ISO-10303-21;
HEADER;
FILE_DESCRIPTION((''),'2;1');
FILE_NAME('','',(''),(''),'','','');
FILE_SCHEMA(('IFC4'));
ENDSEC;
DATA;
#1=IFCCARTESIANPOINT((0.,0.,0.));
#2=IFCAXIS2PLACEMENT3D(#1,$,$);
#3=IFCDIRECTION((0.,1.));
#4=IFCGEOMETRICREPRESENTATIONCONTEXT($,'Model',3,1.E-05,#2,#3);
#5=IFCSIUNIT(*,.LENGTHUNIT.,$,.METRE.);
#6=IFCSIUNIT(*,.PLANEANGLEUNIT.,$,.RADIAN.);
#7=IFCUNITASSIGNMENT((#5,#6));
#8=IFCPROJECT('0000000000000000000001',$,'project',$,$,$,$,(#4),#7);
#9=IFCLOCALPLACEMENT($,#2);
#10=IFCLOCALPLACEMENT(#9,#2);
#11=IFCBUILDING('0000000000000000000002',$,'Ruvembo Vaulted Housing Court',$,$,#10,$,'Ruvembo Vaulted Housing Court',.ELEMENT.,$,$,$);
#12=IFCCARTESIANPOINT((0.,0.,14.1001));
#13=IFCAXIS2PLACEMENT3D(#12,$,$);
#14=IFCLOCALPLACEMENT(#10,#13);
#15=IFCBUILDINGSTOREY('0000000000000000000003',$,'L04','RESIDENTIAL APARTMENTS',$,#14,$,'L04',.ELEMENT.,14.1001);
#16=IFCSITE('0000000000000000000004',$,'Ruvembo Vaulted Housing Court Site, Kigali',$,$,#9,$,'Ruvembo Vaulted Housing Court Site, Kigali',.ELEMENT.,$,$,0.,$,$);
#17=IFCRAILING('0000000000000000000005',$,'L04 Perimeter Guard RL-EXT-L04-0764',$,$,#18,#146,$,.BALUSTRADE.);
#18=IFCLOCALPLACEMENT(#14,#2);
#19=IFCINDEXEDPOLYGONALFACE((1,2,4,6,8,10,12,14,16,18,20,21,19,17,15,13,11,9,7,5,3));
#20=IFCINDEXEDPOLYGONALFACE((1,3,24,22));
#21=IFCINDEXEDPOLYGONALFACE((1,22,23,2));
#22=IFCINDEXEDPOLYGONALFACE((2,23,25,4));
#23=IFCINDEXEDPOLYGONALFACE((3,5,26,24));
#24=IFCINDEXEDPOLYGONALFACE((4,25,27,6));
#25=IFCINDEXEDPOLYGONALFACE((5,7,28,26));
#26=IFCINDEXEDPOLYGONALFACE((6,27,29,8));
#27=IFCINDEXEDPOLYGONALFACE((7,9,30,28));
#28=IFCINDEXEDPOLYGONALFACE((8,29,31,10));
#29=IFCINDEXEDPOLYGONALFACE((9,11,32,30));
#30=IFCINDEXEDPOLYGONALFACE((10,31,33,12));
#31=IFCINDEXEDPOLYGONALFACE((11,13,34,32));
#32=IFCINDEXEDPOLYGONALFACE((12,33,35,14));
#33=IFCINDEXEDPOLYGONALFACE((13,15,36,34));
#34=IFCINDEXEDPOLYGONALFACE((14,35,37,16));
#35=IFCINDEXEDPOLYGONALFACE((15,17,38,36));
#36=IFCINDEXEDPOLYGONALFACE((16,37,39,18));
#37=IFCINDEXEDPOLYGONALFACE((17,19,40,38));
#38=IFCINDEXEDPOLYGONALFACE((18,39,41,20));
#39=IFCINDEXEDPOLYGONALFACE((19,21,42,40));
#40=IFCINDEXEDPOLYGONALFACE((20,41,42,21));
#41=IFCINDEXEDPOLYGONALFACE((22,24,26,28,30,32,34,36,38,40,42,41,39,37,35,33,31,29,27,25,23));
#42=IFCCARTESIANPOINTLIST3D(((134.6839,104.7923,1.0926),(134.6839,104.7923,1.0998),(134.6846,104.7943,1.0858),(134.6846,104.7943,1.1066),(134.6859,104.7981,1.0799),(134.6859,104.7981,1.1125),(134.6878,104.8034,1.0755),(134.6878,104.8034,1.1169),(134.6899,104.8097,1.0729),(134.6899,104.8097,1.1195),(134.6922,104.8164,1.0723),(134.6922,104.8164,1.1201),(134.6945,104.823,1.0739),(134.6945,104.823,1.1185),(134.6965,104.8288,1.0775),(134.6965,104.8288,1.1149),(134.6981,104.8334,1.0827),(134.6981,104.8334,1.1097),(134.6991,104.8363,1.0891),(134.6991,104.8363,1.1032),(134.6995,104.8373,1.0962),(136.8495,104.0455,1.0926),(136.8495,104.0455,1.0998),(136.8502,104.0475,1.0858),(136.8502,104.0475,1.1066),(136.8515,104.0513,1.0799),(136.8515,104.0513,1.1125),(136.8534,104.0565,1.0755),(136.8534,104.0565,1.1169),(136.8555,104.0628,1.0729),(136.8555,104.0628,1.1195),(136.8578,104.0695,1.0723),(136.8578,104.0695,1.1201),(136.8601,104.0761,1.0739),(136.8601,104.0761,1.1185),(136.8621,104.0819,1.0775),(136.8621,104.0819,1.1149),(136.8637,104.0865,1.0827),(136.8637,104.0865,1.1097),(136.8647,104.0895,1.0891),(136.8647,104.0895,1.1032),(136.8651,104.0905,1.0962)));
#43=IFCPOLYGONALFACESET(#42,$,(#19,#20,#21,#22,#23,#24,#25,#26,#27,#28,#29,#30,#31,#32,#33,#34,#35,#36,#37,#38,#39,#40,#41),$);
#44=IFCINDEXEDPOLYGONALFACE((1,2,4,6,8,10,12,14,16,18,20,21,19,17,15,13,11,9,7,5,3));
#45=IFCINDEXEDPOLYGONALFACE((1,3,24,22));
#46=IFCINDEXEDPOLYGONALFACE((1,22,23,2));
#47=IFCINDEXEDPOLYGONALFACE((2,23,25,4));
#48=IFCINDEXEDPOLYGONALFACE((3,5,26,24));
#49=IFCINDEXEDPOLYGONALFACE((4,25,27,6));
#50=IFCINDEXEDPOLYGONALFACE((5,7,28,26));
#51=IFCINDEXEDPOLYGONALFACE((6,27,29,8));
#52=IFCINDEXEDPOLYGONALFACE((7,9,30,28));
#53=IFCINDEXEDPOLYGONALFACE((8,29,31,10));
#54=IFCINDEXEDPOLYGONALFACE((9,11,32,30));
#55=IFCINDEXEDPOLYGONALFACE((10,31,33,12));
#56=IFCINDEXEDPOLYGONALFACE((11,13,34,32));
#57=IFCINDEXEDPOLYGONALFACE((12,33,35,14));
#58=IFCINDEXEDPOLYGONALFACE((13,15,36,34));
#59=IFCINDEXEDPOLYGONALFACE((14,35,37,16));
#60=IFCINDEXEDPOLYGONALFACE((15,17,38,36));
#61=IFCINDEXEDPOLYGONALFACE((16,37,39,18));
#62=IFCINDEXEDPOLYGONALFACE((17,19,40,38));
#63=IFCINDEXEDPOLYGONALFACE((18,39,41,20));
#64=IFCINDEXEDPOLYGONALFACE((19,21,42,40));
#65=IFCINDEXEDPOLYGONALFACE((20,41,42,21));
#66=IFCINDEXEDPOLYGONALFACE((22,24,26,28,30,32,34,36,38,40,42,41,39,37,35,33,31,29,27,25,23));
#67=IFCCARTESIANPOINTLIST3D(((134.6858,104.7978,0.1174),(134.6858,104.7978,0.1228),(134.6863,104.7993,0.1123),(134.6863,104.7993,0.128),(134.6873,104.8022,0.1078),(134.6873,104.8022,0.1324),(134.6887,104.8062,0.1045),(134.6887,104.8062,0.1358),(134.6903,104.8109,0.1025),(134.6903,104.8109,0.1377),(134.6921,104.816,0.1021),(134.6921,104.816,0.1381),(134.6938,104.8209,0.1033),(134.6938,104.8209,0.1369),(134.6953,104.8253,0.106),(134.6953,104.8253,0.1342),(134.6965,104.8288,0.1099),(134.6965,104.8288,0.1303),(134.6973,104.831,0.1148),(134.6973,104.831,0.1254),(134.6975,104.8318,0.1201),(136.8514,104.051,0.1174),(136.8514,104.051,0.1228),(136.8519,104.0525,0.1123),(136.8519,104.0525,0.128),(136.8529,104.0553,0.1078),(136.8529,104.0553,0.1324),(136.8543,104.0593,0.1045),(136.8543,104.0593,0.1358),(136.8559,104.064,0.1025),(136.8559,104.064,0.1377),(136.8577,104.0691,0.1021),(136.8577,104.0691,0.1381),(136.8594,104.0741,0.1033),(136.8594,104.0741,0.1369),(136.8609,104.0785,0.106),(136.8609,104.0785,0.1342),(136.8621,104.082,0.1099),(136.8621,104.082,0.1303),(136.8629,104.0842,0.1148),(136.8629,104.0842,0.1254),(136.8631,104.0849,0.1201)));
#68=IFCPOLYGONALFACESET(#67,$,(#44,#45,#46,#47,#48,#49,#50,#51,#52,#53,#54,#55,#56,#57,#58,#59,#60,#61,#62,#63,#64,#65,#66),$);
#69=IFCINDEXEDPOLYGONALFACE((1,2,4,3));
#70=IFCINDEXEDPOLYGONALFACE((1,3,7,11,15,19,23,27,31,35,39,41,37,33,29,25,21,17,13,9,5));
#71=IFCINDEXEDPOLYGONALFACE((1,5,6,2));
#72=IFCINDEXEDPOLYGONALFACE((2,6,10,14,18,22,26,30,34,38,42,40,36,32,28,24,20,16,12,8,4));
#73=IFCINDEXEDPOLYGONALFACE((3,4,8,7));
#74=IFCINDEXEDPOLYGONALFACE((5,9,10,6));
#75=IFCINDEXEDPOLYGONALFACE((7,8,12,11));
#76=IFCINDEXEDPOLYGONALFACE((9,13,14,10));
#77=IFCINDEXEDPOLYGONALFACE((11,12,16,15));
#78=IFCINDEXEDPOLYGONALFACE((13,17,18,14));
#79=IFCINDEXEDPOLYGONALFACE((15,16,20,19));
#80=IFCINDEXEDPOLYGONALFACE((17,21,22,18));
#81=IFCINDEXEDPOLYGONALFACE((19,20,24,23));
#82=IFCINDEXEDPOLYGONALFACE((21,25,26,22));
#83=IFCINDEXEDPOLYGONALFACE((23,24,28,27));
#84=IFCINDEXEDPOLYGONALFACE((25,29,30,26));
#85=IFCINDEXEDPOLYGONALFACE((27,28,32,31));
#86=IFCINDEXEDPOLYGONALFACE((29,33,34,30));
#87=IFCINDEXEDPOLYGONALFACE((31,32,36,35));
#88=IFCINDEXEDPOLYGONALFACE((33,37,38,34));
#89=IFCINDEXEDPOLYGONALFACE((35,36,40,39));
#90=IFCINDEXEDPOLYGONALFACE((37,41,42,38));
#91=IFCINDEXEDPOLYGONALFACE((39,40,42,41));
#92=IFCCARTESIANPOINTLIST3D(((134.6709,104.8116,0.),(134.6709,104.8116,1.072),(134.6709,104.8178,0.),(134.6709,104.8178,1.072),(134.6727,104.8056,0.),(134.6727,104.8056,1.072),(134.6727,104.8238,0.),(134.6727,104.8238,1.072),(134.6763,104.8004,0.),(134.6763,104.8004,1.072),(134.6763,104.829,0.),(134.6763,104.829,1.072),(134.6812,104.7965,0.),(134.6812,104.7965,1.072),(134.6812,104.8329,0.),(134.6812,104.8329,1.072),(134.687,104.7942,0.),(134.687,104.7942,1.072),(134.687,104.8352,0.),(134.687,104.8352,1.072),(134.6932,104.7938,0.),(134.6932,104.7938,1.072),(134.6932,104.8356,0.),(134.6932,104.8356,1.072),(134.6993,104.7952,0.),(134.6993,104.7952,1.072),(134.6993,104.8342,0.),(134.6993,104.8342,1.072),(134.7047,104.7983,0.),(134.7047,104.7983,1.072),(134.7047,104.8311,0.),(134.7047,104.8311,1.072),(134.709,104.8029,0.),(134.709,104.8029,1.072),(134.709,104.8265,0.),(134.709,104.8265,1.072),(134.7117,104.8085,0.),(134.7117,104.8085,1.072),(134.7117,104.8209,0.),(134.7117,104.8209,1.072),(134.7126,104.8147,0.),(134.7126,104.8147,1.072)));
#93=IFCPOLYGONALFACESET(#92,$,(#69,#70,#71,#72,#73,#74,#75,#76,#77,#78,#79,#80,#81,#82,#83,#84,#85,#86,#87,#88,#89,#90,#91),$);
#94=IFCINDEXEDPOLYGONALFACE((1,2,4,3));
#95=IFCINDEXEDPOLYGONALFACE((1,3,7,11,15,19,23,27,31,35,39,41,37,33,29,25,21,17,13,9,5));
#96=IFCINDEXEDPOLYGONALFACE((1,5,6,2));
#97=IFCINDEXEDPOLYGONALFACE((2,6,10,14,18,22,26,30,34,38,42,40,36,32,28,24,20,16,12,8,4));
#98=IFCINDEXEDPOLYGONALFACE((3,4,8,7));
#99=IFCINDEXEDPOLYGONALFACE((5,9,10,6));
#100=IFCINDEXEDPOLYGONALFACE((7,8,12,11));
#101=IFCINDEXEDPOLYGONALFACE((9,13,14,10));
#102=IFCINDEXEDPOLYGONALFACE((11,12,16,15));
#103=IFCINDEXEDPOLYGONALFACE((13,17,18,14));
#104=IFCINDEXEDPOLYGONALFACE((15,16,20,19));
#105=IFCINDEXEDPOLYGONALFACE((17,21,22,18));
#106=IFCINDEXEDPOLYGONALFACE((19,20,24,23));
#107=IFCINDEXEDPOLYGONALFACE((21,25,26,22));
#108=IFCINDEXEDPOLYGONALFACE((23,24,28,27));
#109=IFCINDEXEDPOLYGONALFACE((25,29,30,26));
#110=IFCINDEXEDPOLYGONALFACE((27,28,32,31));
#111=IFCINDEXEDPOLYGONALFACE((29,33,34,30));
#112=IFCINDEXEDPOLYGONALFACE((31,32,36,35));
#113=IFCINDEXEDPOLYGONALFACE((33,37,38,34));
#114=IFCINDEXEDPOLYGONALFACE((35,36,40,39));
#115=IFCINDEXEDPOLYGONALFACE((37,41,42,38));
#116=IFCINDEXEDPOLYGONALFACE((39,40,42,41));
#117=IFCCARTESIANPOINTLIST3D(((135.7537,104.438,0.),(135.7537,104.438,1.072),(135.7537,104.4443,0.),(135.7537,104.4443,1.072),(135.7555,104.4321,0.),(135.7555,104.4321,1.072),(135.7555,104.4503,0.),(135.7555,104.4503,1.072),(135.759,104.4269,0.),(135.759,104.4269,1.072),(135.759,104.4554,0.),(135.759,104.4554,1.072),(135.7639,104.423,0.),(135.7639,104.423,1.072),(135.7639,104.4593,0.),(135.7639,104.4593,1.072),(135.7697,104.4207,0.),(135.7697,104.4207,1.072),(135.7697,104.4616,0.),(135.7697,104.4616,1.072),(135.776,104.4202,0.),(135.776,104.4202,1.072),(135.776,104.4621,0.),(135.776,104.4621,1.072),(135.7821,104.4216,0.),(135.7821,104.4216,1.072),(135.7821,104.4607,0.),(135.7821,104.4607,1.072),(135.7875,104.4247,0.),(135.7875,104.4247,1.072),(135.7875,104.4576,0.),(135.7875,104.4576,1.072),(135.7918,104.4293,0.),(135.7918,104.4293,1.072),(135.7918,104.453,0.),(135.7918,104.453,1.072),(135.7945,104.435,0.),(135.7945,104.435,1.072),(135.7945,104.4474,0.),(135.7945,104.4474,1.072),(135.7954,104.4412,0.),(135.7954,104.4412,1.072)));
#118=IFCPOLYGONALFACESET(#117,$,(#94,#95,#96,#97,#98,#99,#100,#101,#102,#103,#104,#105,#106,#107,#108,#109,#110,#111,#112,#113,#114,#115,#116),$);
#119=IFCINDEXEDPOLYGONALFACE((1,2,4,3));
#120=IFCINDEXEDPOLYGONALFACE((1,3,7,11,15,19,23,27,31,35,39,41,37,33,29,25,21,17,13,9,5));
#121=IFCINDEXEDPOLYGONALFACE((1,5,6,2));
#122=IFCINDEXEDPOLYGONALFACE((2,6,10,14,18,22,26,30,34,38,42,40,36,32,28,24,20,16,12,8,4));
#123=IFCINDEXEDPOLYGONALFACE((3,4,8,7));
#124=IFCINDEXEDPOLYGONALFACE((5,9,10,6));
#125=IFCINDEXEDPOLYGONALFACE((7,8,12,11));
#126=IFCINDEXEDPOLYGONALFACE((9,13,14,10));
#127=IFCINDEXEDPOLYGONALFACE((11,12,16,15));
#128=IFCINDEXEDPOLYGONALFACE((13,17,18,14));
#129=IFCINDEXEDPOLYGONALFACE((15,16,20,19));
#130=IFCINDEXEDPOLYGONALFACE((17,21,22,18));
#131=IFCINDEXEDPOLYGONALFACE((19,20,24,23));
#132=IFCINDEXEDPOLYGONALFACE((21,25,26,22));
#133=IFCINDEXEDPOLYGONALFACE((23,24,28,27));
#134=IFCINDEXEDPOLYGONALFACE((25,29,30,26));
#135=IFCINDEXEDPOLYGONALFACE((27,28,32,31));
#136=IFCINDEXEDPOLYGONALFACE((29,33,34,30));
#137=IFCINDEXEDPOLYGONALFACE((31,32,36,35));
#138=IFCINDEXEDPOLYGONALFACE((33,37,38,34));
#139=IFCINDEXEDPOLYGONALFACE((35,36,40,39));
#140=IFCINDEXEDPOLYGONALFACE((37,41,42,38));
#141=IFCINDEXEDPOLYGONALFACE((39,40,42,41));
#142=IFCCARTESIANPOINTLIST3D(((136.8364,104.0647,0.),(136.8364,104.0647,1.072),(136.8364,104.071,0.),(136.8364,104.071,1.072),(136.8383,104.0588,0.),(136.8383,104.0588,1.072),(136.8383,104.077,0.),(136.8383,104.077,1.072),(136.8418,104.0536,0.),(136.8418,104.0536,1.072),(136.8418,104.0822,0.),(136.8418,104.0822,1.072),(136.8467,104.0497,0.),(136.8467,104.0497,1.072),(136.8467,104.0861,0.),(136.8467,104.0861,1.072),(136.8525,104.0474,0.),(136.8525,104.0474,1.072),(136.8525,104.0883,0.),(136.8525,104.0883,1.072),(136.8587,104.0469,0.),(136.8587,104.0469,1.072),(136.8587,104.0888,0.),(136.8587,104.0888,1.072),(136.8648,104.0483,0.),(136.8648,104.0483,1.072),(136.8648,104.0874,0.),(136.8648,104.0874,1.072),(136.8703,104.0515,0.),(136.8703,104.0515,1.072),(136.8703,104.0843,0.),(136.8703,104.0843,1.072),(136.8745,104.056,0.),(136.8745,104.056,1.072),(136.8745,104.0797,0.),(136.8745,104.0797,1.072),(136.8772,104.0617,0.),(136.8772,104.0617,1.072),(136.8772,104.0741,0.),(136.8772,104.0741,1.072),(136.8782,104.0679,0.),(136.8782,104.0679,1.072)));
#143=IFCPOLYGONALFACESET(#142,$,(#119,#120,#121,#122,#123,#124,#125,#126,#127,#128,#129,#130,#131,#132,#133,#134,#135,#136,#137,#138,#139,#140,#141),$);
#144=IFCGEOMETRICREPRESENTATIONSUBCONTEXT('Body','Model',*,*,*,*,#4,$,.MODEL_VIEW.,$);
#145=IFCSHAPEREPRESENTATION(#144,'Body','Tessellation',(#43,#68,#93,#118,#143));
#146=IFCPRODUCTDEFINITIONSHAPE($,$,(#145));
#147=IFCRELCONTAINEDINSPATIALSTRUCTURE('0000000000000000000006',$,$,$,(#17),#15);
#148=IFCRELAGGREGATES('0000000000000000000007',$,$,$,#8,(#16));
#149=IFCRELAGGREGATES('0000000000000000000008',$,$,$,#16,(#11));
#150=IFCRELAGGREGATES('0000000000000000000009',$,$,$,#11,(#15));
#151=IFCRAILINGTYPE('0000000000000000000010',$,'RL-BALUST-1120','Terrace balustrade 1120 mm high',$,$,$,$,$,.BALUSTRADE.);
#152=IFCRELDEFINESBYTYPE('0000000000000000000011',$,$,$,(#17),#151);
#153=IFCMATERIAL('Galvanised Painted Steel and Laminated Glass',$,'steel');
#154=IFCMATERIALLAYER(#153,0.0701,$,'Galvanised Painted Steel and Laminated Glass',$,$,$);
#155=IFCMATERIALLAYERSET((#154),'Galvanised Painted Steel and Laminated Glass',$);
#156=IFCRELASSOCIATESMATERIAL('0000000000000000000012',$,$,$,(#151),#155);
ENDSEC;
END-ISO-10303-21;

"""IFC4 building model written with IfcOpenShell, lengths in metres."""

from ifc_helpers import new_model, si_unit, direction, frame, origin, origin_2d, place, context, subcontext, project, spatial, circle, extrude, material, layer, layer_set, type_object, element, save


model = new_model("IFC4")

# Units and contexts
model_context = context("Model", 3, precision=1e-05, world=origin(), true_north=direction((0.0, 1.0)))
body_context = subcontext(model_context, "Body", "Model", "MODEL_VIEW")
ifc_project = project(units=[si_unit("LENGTHUNIT", "METRE"), si_unit("PLANEANGLEUNIT", "RADIAN")], contexts=[model_context])

# Site, building, storey
site_placement = place(None, origin())
site = spatial("IfcSite", under=ifc_project, at=site_placement, Name="Ruvembo Vaulted Housing Court Site, Kigali", LongName="Ruvembo Vaulted Housing Court Site, Kigali", CompositionType="ELEMENT", RefElevation=0.0)
building_placement = place(site_placement, origin())
building = spatial("IfcBuilding", under=site, at=building_placement, Name="Ruvembo Vaulted Housing Court", LongName="Ruvembo Vaulted Housing Court", CompositionType="ELEMENT")
storey_placement = place(building_placement, frame((0.0, 0.0, 14.1001)))
storey = spatial("IfcBuildingStorey", under=building, at=storey_placement, Name="L04", Description="RESIDENTIAL APARTMENTS", LongName="L04", CompositionType="ELEMENT", Elevation=14.1001)

# Railing
ifc_material_1 = material(Name="Galvanised Painted Steel and Laminated Glass", Category="steel")
ifc_layer_1 = layer(ifc_material_1, 0.0701, Name="Galvanised Painted Steel and Laminated Glass")
ifc_layer_set_1 = layer_set([ifc_layer_1], Name="Galvanised Painted Steel and Laminated Glass")
railing_type = type_object("IfcRailingType", Name="RL-BALUST-1120", Description="Terrace balustrade 1120 mm high", PredefinedType="BALUSTRADE", material=ifc_layer_set_1)
railing_1_placement = place(storey_placement, frame((134.6917, 104.8147, 0.0)))
element("IfcRailing", 1, at=railing_1_placement, inside=storey, type_object=railing_type, Name="L04 Perimeter Guard RL-EXT-L04-0764", PredefinedType="BALUSTRADE", context=body_context, shape_type="SweptSolid", body=[
    extrude(circle(Radius=0.0239, at=origin_2d()), frame((0.0, 0.0, 1.0962), z_axis=(0.945361, -0.326027, 0.0), x_axis=(0.326027, 0.945361, 0.0)), (0.0, 0.0, 1.0), 2.2908),
    extrude(circle(Radius=0.0181, at=origin_2d()), frame((0.0, 0.0, 0.1201), z_axis=(0.945361, -0.326027, 0.0), x_axis=(0.326027, 0.945361, 0.0)), (0.0, 0.0, 1.0), 2.2908),
    extrude(circle(Radius=0.021, at=origin_2d()), origin(), (0.0, 0.0, 1.0), 1.072),
    extrude(circle(Radius=0.021, at=origin_2d()), frame((1.0828, -0.3735, 0.0)), (0.0, 0.0, 1.0), 1.072),
    extrude(circle(Radius=0.021, at=origin_2d()), frame((2.1655, -0.7468, 0.0)), (0.0, 0.0, 1.0), 1.072),
])

save(model, "model.ifc")
